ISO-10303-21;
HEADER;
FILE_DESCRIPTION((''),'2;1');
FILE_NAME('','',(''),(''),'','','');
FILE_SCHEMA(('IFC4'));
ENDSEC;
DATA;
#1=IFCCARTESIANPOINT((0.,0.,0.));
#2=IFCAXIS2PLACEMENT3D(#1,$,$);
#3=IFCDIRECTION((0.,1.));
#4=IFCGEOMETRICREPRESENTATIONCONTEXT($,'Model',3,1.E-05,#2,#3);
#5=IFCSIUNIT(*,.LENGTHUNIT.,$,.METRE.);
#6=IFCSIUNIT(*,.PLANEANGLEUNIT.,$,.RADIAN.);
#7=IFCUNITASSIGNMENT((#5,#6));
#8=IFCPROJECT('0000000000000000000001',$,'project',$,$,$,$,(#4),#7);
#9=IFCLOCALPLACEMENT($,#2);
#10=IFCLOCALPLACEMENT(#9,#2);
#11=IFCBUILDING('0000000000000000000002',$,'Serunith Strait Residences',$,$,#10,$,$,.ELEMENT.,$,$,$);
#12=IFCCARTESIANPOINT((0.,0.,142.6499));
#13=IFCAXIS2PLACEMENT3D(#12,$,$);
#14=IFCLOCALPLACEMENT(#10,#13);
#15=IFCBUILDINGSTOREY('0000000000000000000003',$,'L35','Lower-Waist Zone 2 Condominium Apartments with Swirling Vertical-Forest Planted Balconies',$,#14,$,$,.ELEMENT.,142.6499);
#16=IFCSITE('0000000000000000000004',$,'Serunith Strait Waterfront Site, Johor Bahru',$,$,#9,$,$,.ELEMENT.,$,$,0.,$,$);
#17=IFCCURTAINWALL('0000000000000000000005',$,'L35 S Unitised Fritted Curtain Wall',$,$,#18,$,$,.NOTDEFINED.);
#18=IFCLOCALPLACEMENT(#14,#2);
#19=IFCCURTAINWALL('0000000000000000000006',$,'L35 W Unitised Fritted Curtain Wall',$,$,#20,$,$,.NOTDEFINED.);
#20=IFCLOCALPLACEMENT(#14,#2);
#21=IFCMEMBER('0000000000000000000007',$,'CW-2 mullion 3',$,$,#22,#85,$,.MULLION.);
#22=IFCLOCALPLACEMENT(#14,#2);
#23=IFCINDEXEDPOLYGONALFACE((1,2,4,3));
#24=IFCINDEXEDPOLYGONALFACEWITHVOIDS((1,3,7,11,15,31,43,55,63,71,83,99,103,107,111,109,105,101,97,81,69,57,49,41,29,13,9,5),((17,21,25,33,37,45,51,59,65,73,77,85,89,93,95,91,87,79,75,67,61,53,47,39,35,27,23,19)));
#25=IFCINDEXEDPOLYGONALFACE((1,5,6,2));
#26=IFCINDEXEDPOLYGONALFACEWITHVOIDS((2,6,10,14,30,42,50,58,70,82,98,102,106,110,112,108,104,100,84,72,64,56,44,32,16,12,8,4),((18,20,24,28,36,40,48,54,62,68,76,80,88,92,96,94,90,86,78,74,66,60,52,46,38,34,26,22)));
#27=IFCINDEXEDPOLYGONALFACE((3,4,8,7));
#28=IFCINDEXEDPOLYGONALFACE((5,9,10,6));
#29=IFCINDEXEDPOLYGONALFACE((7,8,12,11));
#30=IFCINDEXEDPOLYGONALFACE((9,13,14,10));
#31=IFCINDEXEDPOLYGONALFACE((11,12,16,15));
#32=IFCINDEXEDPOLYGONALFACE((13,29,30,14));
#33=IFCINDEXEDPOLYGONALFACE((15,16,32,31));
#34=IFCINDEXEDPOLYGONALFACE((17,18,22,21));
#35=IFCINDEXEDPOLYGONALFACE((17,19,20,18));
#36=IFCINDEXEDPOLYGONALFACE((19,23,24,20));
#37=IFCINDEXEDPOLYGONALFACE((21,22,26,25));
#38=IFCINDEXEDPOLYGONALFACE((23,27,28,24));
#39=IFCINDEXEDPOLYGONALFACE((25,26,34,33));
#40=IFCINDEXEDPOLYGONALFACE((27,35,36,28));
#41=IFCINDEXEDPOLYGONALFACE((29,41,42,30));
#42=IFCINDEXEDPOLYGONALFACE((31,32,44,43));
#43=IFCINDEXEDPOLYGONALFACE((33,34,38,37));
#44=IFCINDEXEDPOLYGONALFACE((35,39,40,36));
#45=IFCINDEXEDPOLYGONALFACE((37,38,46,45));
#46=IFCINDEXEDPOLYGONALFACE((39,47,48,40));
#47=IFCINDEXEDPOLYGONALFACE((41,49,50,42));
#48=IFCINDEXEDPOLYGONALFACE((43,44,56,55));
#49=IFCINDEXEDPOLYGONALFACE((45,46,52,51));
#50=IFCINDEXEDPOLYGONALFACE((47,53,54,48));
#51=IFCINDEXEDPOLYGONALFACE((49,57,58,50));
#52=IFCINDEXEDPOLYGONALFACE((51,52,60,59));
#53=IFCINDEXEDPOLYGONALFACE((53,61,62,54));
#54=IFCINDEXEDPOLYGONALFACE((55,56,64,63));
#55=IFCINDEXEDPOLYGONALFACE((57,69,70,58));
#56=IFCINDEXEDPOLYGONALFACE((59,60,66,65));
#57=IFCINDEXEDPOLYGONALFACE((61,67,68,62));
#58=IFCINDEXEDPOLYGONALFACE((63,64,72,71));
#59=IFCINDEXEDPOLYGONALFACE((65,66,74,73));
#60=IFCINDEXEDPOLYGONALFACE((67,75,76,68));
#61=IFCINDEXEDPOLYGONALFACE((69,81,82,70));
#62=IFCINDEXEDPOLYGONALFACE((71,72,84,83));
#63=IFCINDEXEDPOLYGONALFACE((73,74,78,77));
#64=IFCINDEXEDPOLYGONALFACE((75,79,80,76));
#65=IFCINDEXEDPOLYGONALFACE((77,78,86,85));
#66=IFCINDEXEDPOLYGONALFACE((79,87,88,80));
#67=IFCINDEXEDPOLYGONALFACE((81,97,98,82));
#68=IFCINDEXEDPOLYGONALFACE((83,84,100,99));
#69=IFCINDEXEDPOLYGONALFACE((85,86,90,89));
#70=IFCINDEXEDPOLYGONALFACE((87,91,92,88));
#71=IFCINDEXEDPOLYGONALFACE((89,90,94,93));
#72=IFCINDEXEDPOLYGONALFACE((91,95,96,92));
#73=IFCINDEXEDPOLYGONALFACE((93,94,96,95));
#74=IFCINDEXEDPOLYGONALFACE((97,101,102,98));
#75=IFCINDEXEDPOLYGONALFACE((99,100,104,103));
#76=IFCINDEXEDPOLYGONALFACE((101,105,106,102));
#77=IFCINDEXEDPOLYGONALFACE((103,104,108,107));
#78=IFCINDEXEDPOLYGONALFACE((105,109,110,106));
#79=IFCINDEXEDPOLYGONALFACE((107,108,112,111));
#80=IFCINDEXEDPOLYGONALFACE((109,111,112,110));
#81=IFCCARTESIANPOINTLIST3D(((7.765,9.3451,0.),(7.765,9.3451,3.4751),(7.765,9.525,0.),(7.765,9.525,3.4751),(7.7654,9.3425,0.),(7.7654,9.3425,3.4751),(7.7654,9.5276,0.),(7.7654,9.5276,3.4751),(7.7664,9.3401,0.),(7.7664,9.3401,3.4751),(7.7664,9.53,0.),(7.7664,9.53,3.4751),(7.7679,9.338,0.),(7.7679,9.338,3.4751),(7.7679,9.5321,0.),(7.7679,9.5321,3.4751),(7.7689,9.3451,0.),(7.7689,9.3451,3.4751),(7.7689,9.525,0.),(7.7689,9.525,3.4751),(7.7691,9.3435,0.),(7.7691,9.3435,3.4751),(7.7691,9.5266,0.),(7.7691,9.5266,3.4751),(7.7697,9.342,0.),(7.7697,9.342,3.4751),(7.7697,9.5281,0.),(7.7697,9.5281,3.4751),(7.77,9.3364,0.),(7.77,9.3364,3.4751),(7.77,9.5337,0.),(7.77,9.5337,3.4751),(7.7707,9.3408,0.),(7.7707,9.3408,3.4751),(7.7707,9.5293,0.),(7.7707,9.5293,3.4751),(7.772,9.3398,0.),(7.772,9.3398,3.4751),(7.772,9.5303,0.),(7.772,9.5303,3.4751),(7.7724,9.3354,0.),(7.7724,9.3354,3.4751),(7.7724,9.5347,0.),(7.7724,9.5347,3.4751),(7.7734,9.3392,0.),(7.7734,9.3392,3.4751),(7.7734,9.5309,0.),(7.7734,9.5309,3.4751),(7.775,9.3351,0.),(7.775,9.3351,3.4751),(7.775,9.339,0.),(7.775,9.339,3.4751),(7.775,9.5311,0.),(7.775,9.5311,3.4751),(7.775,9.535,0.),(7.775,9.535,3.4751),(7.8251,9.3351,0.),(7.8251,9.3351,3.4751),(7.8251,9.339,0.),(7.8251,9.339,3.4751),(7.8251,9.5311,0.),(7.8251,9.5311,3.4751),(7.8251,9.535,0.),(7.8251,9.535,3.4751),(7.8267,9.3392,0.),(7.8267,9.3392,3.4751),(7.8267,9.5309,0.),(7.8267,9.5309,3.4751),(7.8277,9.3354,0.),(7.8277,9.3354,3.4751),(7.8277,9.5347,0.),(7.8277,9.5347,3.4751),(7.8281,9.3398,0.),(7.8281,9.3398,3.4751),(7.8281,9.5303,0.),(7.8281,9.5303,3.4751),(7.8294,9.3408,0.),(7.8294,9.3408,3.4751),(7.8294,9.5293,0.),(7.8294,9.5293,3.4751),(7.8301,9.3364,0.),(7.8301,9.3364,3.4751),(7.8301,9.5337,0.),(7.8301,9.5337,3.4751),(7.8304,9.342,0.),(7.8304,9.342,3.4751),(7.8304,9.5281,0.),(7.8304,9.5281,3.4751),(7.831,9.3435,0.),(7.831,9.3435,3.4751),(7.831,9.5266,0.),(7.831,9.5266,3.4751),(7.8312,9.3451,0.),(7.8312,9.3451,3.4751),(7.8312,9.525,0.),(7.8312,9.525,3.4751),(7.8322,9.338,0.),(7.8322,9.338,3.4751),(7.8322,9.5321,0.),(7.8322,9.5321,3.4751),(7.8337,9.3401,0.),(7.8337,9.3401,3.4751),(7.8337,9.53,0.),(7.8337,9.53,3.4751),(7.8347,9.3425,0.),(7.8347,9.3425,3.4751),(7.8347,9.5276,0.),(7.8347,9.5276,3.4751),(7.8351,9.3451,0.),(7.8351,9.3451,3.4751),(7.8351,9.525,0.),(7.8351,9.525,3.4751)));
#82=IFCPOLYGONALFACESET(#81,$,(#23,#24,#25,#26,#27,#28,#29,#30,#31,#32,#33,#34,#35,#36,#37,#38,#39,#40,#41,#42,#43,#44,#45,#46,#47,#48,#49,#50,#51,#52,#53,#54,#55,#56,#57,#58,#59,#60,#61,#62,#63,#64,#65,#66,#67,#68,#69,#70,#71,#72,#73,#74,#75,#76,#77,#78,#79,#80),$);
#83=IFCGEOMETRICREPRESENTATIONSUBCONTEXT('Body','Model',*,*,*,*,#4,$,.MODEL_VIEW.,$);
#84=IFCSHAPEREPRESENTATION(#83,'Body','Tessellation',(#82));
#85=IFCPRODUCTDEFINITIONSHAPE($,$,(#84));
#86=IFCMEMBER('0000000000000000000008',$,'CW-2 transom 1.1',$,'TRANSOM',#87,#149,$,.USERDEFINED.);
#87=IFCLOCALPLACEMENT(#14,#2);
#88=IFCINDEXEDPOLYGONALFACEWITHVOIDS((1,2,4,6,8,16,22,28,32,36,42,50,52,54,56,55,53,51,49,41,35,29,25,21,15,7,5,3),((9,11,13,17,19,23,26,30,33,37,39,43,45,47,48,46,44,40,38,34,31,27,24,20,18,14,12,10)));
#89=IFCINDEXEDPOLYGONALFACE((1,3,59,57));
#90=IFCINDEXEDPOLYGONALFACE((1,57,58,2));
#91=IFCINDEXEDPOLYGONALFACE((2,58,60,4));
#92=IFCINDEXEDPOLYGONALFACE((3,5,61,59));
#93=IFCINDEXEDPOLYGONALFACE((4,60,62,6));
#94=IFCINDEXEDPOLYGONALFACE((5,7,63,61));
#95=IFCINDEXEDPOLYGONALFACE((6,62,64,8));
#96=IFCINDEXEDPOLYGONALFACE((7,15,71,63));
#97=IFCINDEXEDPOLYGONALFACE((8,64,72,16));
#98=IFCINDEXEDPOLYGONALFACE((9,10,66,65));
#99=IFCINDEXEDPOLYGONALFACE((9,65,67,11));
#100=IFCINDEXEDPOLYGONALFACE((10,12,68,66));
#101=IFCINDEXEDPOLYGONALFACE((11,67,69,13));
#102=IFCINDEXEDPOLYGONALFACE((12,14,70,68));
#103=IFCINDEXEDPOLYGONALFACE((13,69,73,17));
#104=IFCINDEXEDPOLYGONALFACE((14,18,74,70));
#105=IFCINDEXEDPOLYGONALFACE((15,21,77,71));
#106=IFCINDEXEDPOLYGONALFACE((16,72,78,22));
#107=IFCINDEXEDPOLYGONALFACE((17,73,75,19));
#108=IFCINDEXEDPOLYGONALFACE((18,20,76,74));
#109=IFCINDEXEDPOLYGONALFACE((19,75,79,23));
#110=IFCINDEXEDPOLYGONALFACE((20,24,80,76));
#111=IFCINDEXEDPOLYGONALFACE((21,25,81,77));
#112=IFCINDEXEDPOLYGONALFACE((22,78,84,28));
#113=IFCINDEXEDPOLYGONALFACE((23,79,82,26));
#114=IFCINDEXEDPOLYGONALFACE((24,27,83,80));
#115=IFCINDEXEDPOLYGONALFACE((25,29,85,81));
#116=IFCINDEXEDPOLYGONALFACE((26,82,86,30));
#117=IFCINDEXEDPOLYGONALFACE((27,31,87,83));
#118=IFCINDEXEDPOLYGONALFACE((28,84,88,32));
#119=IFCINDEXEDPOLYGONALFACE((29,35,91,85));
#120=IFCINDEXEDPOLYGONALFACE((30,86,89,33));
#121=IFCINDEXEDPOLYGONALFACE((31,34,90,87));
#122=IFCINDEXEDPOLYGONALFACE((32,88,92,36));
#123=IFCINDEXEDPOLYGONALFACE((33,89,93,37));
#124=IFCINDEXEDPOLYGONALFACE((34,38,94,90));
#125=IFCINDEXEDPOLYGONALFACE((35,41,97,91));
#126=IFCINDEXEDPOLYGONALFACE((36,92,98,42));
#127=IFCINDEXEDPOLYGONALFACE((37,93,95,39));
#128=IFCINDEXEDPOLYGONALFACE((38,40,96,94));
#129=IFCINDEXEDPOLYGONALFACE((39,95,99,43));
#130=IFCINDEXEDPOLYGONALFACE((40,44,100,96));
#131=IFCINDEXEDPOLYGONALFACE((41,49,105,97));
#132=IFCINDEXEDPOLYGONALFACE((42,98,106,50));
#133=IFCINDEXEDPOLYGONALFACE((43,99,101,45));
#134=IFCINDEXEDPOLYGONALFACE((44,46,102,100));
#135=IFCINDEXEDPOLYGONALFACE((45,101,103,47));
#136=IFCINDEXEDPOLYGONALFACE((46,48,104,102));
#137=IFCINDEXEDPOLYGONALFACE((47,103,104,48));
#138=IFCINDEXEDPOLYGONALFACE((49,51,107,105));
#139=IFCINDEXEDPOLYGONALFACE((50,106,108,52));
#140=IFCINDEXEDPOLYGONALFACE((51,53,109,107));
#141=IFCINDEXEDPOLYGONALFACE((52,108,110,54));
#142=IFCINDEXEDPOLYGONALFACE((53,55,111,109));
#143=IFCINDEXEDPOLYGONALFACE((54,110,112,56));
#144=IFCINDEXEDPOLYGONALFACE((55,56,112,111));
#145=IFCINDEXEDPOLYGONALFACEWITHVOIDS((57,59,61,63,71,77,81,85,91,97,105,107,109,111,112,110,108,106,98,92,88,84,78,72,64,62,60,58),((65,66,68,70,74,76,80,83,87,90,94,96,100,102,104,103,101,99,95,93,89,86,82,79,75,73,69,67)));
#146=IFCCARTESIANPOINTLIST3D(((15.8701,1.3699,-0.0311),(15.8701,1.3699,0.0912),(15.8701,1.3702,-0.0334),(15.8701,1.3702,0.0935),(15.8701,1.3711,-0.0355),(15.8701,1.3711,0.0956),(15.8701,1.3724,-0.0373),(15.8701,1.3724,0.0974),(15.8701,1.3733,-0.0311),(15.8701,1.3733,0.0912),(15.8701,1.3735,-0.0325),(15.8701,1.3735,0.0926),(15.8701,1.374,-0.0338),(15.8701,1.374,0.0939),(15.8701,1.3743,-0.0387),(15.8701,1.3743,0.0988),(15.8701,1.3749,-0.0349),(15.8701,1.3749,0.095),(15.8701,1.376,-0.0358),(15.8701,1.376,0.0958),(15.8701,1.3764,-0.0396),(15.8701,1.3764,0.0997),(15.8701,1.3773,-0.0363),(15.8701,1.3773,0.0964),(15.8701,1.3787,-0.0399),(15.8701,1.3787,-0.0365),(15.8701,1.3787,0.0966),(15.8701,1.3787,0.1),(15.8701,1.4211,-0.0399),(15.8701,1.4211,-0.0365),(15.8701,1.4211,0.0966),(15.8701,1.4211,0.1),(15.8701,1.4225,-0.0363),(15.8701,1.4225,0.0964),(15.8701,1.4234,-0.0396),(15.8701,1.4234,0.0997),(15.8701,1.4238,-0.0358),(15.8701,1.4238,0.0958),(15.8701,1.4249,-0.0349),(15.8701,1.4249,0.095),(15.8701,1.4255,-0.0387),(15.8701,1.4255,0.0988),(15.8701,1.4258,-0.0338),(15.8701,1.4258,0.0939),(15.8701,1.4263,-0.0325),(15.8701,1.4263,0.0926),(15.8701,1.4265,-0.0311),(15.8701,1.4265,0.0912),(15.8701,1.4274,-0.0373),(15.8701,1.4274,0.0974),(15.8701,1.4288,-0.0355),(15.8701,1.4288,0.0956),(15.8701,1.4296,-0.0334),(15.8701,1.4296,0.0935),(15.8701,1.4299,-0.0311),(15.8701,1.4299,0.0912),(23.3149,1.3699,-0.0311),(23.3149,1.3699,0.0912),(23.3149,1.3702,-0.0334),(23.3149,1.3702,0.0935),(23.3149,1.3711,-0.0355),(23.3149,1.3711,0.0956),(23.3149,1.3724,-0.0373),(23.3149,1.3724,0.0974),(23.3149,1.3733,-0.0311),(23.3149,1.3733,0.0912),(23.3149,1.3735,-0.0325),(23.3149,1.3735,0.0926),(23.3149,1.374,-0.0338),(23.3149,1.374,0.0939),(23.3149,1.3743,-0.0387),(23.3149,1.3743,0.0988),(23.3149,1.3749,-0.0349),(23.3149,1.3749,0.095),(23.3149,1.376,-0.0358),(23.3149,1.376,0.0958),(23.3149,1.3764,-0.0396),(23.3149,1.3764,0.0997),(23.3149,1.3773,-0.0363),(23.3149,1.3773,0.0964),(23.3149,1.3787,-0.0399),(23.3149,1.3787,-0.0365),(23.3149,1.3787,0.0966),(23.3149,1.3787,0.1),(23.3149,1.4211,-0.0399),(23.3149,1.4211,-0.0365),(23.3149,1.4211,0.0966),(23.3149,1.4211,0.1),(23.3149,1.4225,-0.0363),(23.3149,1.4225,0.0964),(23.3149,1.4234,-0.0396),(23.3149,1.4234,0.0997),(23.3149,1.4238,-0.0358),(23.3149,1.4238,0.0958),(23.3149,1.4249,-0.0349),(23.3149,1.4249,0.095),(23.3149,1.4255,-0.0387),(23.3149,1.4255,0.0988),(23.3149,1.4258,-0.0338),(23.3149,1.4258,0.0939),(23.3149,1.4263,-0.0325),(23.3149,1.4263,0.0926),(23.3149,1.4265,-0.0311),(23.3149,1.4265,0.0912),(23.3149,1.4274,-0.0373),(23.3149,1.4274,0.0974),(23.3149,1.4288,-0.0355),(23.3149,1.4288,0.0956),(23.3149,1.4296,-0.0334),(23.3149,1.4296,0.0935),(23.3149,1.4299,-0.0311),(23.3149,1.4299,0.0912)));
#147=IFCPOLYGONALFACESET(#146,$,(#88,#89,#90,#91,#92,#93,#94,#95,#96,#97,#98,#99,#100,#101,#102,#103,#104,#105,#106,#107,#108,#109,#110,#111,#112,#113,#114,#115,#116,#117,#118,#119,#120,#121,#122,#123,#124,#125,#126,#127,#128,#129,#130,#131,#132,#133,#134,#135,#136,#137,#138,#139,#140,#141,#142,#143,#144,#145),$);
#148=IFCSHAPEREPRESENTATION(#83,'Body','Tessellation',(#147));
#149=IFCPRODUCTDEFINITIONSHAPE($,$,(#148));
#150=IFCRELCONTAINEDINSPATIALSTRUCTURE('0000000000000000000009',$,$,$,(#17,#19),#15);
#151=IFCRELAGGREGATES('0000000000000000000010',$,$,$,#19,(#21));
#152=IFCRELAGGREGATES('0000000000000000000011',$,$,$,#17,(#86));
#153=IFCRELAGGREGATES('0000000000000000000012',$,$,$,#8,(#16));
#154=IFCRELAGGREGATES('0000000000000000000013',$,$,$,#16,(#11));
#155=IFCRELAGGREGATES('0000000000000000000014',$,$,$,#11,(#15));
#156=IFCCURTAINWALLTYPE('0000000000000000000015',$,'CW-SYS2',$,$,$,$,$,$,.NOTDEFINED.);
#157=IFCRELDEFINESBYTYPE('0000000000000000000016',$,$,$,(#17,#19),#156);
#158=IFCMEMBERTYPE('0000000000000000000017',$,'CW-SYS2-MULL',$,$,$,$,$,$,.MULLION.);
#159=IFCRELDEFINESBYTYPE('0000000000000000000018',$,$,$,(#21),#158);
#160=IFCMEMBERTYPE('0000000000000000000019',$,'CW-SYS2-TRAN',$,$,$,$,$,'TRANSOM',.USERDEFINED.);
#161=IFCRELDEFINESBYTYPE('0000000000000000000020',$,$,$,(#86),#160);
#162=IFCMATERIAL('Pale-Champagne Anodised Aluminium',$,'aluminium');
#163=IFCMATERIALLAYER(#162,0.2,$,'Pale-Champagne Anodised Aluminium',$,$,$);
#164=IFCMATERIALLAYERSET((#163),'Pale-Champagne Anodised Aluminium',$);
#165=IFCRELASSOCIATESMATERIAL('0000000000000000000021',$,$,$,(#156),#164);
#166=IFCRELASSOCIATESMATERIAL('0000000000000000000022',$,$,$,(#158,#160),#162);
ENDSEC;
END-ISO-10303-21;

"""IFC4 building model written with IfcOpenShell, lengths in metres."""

from ifc_helpers import new_model, si_unit, direction, frame, origin, origin_2d, place, context, subcontext, project, spatial, hollow_rectangle, extrude, source, transform, mapped, material, layer, layer_set, material_profile, profile_set, type_object, element, aggregate, save


model = new_model("IFC4")

# Units and contexts
model_context = context("Model", 3, precision=1e-05, world=origin(), true_north=direction((0.0, 1.0)))
body_context = subcontext(model_context, "Body", "Model", "MODEL_VIEW")
ifc_project = project(units=[si_unit("LENGTHUNIT", "METRE"), si_unit("PLANEANGLEUNIT", "RADIAN")], contexts=[model_context])

# Site, building, storey
site_placement = place(None, origin())
site = spatial("IfcSite", under=ifc_project, at=site_placement, Name="Serunith Strait Waterfront Site, Johor Bahru", CompositionType="ELEMENT", RefElevation=0.0)
building_placement = place(site_placement, origin())
building = spatial("IfcBuilding", under=site, at=building_placement, Name="Serunith Strait Residences", CompositionType="ELEMENT")
storey_placement = place(building_placement, frame((0.0, 0.0, 142.6499)))
storey = spatial("IfcBuildingStorey", under=building, at=storey_placement, Name="L35", Description="Lower-Waist Zone 2 Condominium Apartments with Swirling Vertical-Forest Planted Balconies", CompositionType="ELEMENT", Elevation=142.6499)

# Curtain walls, member
ifc_material_1 = material(Name="Pale-Champagne Anodised Aluminium", Category="aluminium")
ifc_layer_1 = layer(ifc_material_1, 0.2, Name="Pale-Champagne Anodised Aluminium")
ifc_layer_set_1 = layer_set([ifc_layer_1], Name="Pale-Champagne Anodised Aluminium")
curtain_wall_type = type_object("IfcCurtainWallType", Name="CW-SYS2", PredefinedType="NOTDEFINED", material=ifc_layer_set_1)
curtain_wall_1_placement = place(storey_placement, origin())
curtain_wall_1 = element("IfcCurtainWall", 1, at=curtain_wall_1_placement, inside=storey, type_object=curtain_wall_type, Name="L35 S Unitised Fritted Curtain Wall", PredefinedType="NOTDEFINED")
ifc_material_profile_1 = material_profile(ifc_material_1, hollow_rectangle(XDim=0.0701, YDim=0.2, WallThickness=0.0039, InnerFilletRadius=0.0061, OuterFilletRadius=0.01, at=origin_2d()), Name="ALU 200x70x4")
ifc_profile_set_1 = profile_set([ifc_material_profile_1], Name="Pale-Champagne Anodised Aluminium")
member_type_1 = type_object("IfcMemberType", Name="CW-SYS2-MULL", PredefinedType="MULLION", material=ifc_profile_set_1)
shared_shape_1 = source(origin(), body_context, "Body", "SweptSolid", [
    extrude(hollow_rectangle(XDim=0.0701, YDim=0.2, WallThickness=0.0039, InnerFilletRadius=0.0061, OuterFilletRadius=0.01, at=origin_2d()), origin(), (0.0, 0.0, 1.0), 3.4751),
])
curtain_wall_2_placement = place(storey_placement, origin())
curtain_wall_2 = element("IfcCurtainWall", 2, at=curtain_wall_2_placement, inside=storey, type_object=curtain_wall_type, Name="L35 W Unitised Fritted Curtain Wall", PredefinedType="NOTDEFINED")
member_1_placement = place(storey_placement, frame((7.8, 9.4351, 0.0), z_axis=(0.0, 0.0, 1.0), x_axis=(1.0, 0.0, 0.0)))
member_1 = element("IfcMember", 3, at=member_1_placement, type_object=member_type_1, Name="CW-2 mullion 3", PredefinedType="MULLION", context=body_context, shape_type="MappedRepresentation", body=[
    mapped(shared_shape_1, transform((0.0, 0.0, 0.0), scale=1.0)),
])
aggregate(curtain_wall_2, [member_1])

# Member
ifc_material_profile_2 = material_profile(ifc_material_1, hollow_rectangle(XDim=0.0601, YDim=0.1399, WallThickness=0.0034, InnerFilletRadius=0.0054, OuterFilletRadius=0.0088, at=origin_2d()), Name="ALU 140x60x3.5")
ifc_profile_set_2 = profile_set([ifc_material_profile_2], Name="Pale-Champagne Anodised Aluminium")
member_type_2 = type_object("IfcMemberType", Name="CW-SYS2-TRAN", ElementType="TRANSOM", PredefinedType="USERDEFINED", material=ifc_profile_set_2)
shared_shape_2 = source(origin(), body_context, "Body", "SweptSolid", [
    extrude(hollow_rectangle(XDim=0.0601, YDim=0.1399, WallThickness=0.0034, InnerFilletRadius=0.0054, OuterFilletRadius=0.0088, at=origin_2d()), origin(), (0.0, 0.0, 1.0), 7.4448),
])
member_2_placement = place(storey_placement, frame((15.8701, 1.3999, 0.03), z_axis=(1.0, 0.0, 0.0), x_axis=(0.0, 1.0, 0.0)))
member_2 = element("IfcMember", 4, at=member_2_placement, type_object=member_type_2, Name="CW-2 transom 1.1", ObjectType="TRANSOM", PredefinedType="USERDEFINED", context=body_context, shape_type="MappedRepresentation", body=[
    mapped(shared_shape_2, transform((0.0, 0.0, 0.0), scale=1.0)),
])
aggregate(curtain_wall_1, [member_2])

save(model, "model.ifc")
